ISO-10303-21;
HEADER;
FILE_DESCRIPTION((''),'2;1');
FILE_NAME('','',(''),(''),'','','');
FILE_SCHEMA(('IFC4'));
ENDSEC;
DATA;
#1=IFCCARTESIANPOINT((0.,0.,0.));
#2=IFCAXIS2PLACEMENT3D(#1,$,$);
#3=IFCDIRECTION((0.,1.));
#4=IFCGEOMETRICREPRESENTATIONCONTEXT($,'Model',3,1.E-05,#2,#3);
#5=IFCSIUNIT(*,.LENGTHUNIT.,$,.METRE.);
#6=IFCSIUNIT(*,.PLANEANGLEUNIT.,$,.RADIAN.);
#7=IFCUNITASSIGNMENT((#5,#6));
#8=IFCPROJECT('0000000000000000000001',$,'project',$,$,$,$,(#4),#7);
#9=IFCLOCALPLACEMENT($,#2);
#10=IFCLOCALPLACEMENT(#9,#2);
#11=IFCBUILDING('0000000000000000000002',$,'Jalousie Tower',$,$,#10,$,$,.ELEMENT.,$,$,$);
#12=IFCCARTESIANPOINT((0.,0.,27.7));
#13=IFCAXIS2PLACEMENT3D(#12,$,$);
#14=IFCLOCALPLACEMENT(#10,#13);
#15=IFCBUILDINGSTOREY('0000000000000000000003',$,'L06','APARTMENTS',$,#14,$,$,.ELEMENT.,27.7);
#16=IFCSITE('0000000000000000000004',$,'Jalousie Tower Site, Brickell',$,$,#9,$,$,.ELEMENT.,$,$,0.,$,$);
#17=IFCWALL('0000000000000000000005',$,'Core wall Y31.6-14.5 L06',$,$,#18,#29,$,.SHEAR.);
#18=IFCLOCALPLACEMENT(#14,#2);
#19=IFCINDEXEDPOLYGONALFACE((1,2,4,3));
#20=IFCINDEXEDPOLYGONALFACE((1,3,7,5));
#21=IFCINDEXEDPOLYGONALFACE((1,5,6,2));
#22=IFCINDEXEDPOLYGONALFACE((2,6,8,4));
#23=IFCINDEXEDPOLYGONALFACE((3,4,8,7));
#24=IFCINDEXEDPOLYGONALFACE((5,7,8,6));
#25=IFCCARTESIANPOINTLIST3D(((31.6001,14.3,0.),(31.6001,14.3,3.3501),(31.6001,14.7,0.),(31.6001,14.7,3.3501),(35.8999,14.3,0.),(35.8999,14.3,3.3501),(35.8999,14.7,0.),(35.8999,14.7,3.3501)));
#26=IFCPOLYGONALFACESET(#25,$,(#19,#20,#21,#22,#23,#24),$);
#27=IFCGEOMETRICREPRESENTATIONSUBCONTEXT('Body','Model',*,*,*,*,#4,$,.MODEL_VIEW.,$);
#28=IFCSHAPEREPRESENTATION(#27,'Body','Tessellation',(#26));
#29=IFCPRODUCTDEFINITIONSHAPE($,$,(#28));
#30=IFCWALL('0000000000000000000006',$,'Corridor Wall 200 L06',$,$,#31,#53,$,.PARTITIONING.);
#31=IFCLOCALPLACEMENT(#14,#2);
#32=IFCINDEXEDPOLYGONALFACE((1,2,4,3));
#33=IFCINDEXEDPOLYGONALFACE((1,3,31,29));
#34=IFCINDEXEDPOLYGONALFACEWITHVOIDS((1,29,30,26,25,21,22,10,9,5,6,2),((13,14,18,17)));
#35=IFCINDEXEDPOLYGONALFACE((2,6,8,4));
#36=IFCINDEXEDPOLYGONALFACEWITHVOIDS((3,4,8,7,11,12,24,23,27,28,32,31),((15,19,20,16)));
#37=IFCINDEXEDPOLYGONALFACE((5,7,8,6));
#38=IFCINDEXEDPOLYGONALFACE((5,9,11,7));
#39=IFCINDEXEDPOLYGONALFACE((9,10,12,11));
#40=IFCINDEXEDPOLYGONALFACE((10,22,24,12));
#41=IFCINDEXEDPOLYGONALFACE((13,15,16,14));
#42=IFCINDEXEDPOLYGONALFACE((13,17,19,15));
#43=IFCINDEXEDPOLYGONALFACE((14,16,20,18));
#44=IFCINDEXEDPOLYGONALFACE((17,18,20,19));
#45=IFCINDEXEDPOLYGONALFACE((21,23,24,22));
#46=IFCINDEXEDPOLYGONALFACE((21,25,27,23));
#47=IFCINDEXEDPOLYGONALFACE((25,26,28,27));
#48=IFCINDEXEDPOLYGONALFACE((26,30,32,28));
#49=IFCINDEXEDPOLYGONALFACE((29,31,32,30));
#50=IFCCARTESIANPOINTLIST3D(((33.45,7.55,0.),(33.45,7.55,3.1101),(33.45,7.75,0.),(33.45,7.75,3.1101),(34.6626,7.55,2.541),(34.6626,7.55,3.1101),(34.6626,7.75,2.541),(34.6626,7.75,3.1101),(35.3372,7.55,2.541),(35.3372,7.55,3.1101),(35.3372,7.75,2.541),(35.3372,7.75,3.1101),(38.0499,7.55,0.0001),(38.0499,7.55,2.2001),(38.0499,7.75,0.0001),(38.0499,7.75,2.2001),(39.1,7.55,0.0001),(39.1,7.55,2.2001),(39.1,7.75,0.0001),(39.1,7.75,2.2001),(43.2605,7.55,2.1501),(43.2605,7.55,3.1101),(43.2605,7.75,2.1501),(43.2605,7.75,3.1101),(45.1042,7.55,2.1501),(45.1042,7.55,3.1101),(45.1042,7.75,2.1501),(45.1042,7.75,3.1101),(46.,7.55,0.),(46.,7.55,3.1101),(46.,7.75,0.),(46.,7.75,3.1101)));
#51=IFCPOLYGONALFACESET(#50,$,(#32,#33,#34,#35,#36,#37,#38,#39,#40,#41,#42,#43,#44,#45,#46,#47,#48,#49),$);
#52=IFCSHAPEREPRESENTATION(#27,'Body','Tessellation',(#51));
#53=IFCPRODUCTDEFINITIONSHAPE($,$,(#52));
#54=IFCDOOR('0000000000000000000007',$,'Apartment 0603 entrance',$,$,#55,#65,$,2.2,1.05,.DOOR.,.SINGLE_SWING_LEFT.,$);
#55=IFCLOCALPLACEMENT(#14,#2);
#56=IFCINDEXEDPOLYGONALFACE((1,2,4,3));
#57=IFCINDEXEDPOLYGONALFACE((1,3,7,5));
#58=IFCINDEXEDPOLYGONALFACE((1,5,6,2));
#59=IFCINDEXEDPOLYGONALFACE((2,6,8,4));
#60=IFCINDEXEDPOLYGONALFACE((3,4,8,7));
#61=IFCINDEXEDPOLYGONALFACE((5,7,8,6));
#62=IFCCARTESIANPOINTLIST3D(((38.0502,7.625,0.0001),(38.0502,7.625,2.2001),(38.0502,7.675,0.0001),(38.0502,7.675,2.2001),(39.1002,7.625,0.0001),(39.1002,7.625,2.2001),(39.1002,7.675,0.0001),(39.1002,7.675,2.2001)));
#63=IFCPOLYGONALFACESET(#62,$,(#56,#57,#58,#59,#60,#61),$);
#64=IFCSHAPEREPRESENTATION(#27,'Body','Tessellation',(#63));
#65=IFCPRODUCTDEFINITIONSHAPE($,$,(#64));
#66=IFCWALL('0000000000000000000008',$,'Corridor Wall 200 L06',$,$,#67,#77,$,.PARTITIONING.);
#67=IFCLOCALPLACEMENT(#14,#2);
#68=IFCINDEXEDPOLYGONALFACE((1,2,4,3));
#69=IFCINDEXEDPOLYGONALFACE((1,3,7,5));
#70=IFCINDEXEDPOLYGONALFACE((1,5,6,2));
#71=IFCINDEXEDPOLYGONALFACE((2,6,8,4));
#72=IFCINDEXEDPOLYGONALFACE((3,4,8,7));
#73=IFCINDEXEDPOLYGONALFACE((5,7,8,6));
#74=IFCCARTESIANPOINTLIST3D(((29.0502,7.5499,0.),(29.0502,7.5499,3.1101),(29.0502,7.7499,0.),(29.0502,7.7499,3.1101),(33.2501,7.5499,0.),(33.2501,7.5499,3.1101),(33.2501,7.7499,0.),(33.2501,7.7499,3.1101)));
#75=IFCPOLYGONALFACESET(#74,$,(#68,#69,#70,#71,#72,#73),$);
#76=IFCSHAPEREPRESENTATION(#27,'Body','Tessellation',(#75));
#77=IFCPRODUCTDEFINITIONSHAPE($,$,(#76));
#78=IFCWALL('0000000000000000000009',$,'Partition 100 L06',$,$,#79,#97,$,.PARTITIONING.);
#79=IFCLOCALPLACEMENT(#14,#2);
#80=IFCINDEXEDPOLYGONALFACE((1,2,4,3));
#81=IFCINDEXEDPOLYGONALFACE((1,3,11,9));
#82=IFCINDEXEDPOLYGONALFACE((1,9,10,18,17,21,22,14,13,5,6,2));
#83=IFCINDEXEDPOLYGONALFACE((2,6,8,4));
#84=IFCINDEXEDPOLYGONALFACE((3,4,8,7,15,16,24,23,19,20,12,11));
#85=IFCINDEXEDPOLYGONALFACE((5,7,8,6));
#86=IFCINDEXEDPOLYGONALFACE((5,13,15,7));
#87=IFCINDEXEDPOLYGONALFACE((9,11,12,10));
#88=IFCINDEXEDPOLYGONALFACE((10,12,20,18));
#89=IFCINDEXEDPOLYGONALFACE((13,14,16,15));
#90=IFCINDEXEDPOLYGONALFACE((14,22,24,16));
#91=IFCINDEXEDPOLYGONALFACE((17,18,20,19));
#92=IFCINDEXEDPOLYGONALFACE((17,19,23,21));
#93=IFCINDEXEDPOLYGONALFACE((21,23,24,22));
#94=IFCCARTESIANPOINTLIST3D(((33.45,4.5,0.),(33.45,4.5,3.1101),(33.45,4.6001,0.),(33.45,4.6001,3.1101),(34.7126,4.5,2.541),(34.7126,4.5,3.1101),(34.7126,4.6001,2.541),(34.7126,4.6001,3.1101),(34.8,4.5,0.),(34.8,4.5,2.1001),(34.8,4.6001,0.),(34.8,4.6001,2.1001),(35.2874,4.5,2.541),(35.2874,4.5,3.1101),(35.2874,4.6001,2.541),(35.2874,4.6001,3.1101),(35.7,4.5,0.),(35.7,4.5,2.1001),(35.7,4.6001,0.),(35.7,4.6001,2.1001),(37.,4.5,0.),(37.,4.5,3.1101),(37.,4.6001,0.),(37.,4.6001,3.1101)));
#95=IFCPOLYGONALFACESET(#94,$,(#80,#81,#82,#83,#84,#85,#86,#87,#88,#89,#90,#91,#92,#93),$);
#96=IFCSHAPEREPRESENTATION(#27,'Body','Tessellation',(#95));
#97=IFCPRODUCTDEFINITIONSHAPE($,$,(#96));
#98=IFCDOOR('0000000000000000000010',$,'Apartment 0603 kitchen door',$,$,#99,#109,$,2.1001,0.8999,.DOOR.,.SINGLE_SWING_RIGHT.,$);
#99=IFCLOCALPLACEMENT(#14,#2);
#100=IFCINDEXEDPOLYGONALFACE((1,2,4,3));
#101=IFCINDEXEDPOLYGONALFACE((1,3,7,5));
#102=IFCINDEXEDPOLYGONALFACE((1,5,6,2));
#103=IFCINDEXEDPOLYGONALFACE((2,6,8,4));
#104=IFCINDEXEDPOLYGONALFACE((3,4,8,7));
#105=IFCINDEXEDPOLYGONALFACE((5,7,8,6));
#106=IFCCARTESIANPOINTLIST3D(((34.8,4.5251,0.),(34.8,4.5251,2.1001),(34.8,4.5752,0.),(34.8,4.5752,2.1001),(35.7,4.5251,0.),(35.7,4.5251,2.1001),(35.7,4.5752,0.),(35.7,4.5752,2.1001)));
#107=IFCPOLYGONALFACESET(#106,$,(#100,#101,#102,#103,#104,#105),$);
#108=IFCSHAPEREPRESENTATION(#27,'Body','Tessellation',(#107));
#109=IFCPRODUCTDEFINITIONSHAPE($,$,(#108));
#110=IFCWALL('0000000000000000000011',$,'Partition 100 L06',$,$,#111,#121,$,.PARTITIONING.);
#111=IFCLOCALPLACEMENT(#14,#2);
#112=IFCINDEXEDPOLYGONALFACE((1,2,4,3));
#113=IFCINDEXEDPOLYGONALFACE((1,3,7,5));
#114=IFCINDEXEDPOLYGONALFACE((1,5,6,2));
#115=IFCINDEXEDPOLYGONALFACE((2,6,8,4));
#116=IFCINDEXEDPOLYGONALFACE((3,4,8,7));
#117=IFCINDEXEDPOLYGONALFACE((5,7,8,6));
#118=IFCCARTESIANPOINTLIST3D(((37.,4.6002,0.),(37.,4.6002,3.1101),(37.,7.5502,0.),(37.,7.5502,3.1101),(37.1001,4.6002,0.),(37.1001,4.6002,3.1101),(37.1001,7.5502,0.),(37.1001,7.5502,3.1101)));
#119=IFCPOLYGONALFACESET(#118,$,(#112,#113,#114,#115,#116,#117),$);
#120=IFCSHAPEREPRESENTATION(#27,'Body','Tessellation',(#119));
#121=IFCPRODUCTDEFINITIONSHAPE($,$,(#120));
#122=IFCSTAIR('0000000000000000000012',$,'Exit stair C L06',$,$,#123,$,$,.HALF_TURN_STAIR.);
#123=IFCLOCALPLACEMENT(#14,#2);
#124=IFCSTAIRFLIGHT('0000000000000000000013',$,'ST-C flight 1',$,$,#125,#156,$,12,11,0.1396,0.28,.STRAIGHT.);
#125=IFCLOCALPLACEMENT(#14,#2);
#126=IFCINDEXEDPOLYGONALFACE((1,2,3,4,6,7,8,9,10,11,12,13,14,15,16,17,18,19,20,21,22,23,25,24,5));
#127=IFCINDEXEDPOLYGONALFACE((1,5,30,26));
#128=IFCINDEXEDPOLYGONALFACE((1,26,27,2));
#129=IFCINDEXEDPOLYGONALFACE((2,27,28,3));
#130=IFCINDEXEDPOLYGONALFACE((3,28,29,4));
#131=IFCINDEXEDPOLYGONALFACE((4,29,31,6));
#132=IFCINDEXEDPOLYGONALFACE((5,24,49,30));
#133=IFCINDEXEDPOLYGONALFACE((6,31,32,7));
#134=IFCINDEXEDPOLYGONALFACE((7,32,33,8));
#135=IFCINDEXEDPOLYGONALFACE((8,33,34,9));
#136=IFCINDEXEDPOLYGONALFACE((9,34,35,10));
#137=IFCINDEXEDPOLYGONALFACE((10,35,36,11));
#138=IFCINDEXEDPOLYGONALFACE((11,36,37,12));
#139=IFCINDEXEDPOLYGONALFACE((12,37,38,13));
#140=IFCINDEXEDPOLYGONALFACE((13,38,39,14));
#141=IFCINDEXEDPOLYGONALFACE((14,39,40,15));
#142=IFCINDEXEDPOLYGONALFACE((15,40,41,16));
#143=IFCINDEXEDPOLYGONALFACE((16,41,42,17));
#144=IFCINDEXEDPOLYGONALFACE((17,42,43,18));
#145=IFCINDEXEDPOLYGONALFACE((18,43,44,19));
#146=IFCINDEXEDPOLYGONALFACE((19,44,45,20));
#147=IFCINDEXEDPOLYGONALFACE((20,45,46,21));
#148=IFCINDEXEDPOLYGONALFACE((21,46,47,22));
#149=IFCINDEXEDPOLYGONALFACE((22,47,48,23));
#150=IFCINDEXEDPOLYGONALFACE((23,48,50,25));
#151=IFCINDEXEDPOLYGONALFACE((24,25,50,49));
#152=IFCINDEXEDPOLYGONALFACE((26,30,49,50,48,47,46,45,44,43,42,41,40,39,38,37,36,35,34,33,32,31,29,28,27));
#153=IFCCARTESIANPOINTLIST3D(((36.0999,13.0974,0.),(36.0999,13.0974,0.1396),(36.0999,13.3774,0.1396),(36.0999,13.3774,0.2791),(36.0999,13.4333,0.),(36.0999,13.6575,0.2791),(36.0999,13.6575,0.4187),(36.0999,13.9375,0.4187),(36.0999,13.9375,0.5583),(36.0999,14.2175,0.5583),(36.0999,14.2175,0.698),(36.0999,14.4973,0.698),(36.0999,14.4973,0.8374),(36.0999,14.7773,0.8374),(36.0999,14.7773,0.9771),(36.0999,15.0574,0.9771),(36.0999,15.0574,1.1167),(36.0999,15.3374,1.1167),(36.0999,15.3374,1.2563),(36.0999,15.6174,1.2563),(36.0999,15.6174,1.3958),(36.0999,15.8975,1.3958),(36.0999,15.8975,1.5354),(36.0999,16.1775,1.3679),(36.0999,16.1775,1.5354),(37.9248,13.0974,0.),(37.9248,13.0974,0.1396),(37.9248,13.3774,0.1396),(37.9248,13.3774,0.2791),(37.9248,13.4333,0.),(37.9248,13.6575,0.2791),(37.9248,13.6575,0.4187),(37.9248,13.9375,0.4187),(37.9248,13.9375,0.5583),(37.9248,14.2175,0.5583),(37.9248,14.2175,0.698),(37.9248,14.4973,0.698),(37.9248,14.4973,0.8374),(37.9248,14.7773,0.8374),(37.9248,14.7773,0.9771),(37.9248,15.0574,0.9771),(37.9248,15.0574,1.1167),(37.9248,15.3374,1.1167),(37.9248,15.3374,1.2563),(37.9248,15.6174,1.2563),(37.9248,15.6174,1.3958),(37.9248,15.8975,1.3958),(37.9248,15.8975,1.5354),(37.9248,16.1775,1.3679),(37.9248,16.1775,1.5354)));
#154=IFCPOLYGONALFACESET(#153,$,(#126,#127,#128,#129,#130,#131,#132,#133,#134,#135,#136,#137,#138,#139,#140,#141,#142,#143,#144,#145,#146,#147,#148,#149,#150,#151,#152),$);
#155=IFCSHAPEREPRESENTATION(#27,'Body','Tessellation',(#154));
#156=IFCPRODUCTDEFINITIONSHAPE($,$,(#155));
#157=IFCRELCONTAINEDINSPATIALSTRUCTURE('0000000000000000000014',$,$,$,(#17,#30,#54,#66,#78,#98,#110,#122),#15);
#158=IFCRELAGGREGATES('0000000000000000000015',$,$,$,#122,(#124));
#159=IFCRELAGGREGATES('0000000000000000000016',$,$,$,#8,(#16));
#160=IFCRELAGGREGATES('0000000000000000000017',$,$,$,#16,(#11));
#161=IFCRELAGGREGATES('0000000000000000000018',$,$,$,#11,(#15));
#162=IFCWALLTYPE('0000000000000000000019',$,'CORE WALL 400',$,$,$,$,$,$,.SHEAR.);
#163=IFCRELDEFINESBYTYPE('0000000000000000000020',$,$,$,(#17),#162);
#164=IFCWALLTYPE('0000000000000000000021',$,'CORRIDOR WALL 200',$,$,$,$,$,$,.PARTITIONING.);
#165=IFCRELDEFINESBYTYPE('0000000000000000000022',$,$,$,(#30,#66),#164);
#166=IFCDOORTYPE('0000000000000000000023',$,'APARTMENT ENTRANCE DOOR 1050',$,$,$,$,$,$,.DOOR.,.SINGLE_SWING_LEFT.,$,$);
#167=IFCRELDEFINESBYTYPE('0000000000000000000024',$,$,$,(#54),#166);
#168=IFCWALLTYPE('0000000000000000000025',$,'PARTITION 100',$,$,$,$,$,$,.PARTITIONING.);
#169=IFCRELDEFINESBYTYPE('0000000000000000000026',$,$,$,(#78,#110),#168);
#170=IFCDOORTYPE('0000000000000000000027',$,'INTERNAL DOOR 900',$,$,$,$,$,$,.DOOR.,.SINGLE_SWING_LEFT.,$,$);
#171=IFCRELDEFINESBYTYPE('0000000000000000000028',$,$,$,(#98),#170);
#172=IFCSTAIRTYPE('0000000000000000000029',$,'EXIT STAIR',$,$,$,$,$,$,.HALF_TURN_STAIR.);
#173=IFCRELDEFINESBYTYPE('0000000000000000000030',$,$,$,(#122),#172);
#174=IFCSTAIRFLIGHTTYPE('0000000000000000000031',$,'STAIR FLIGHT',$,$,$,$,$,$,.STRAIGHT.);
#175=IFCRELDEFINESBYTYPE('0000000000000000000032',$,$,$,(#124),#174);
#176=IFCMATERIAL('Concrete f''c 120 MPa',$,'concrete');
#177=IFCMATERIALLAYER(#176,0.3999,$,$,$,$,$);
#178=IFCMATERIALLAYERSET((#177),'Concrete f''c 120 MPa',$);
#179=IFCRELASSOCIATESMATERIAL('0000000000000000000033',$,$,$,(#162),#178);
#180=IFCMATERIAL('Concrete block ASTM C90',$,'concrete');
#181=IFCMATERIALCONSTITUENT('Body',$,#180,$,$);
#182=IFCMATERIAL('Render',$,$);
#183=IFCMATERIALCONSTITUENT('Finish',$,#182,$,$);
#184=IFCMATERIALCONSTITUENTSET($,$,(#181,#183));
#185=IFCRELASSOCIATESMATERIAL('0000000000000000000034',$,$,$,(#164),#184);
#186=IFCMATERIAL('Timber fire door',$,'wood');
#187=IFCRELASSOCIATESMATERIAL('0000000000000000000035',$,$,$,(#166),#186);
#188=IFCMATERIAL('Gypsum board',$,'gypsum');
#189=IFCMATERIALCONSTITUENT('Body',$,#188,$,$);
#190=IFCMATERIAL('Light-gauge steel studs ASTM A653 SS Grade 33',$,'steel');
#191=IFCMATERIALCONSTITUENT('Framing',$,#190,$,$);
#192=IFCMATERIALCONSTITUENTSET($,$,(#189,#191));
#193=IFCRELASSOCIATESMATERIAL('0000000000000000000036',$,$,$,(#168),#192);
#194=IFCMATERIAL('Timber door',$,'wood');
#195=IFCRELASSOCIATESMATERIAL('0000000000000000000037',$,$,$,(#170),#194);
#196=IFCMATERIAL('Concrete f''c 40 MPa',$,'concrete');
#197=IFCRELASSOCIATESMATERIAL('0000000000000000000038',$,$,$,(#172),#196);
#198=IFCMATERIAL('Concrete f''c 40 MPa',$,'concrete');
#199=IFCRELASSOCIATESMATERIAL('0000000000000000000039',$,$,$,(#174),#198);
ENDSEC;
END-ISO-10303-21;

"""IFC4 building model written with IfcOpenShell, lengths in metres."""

from ifc_helpers import new_model, si_unit, direction, frame, frame_2d, origin, place, context, subcontext, project, spatial, polyline, rectangle, outline, extrude, material, layer, layer_set, constituent, constituent_set, type_object, element, fill, aggregate, save


model = new_model("IFC4")

# Units and contexts
model_context = context("Model", 3, precision=1e-05, world=origin(), true_north=direction((0.0, 1.0)))
body_context = subcontext(model_context, "Body", "Model", "MODEL_VIEW")
ifc_project = project(units=[si_unit("LENGTHUNIT", "METRE"), si_unit("PLANEANGLEUNIT", "RADIAN")], contexts=[model_context])

# Site, building, storey
site_placement = place(None, origin())
site = spatial("IfcSite", under=ifc_project, at=site_placement, Name="Jalousie Tower Site, Brickell", CompositionType="ELEMENT", RefElevation=0.0)
building_placement = place(site_placement, origin())
building = spatial("IfcBuilding", under=site, at=building_placement, Name="Jalousie Tower", CompositionType="ELEMENT")
storey_placement = place(building_placement, frame((0.0, 0.0, 27.7)))
storey = spatial("IfcBuildingStorey", under=building, at=storey_placement, Name="L06", Description="APARTMENTS", CompositionType="ELEMENT", Elevation=27.7)

# Shared definitions
ifc_material_1 = material(Name="Concrete f'c 120 MPa", Category="concrete")
ifc_layer_1 = layer(ifc_material_1, 0.3999)
ifc_layer_set_1 = layer_set([ifc_layer_1], Name="Concrete f'c 120 MPa")
wall_type_1 = type_object("IfcWallType", Name="CORE WALL 400", PredefinedType="SHEAR", material=ifc_layer_set_1)

# Wall
wall_1_placement = place(storey_placement, frame((31.6001, 14.5, 0.0), z_axis=(0.0, 0.0, 1.0), x_axis=(1.0, 0.0, 0.0)))
element("IfcWall", 1, at=wall_1_placement, inside=storey, type_object=wall_type_1, Name="Core wall Y31.6-14.5 L06", PredefinedType="SHEAR", context=body_context, shape_type="SweptSolid", body=[
    extrude(rectangle(XDim=4.2998, YDim=0.3999, at=frame_2d((2.1499, 0.0))), origin(), (0.0, 0.0, 1.0), 3.3501),
])

# Wall, opening, door
ifc_material_2 = material(Name="Concrete block ASTM C90", Category="concrete")
ifc_constituent_1 = constituent(ifc_material_2, Name="Body")
ifc_material_3 = material(Name="Render")
ifc_constituent_2 = constituent(ifc_material_3, Name="Finish")
ifc_constituent_set_1 = constituent_set(constituents=[ifc_constituent_1, ifc_constituent_2])
wall_type_2 = type_object("IfcWallType", Name="CORRIDOR WALL 200", PredefinedType="PARTITIONING", material=ifc_constituent_set_1)
wall_2_placement = place(storey_placement, frame((33.45, 7.6499, 0.0), z_axis=(0.0, 0.0, 1.0), x_axis=(1.0, 0.0, 0.0)))
wall_2 = element("IfcWall", 2, at=wall_2_placement, inside=storey, type_object=wall_type_2, Name="Corridor Wall 200 L06", PredefinedType="PARTITIONING", context=body_context, shape_type="SweptSolid", body=[
    extrude(outline(polyline([(0.0, 0.0), (12.55, 0.0), (12.55, 3.1101), (11.6543, 3.1101), (11.6543, 2.1501), (9.8105, 2.1501), (9.8105, 3.1101), (1.8872, 3.1101), (1.8872, 2.541), (1.2126, 2.541), (1.2126, 3.1101), (0.0, 3.1101), (0.0, 0.0)])), frame((0.0, 0.1001, 0.0), z_axis=(0.0, -1.0, 0.0), x_axis=(1.0, 0.0, 0.0)), (0.0, 0.0, 1.0), 0.2),
])
opening_1_placement = place(wall_2_placement, frame((4.6001, 0.0, 0.0)))
opening_1 = element("IfcOpeningElement", 3, at=opening_1_placement, cuts=wall_2, PredefinedType="OPENING", context=body_context, shape_type="SweptSolid", body=[
    extrude(rectangle(XDim=1.05, YDim=2.2, at=frame_2d((0.5249, 1.1001))), frame((0.0, 0.1099, 0.0), z_axis=(0.0, -1.0, 0.0), x_axis=(1.0, 0.0, 0.0)), (0.0, 0.0, 1.0), 0.22),
])
ifc_material_4 = material(Name="Timber fire door", Category="wood")
door_type_1 = type_object("IfcDoorType", Name="APARTMENT ENTRANCE DOOR 1050", OperationType="SINGLE_SWING_LEFT", PredefinedType="DOOR", material=ifc_material_4)
door_1_placement = place(opening_1_placement, frame((1.05, 0.0, 0.0), z_axis=(0.0, 0.0, 1.0), x_axis=(-1.0, 0.0, 0.0)))
door_1 = element("IfcDoor", 4, at=door_1_placement, inside=storey, type_object=door_type_1, Name="Apartment 0603 entrance", OperationType="SINGLE_SWING_LEFT", OverallHeight=2.2, OverallWidth=1.05, PredefinedType="DOOR", context=body_context, shape_type="SweptSolid", body=[
    extrude(rectangle(XDim=1.05, YDim=2.2, at=frame_2d((0.5249, 1.1001))), frame((0.0, 0.0249, 0.0), z_axis=(0.0, -1.0, 0.0), x_axis=(1.0, 0.0, 0.0)), (0.0, 0.0, 1.0), 0.05),
])
fill(opening_1, door_1)

# Wall
wall_3_placement = place(storey_placement, frame((29.05, 7.6499, 0.0), z_axis=(0.0, 0.0, 1.0), x_axis=(1.0, 0.0, 0.0)))
element("IfcWall", 5, at=wall_3_placement, inside=storey, type_object=wall_type_2, Name="Corridor Wall 200 L06", PredefinedType="PARTITIONING", context=body_context, shape_type="SweptSolid", body=[
    extrude(rectangle(XDim=4.2, YDim=0.2, at=frame_2d((2.1001, 0.0))), origin(), (0.0, 0.0, 1.0), 3.1101),
])

# Wall, opening, door
ifc_material_5 = material(Name="Gypsum board", Category="gypsum")
ifc_constituent_3 = constituent(ifc_material_5, Name="Body")
ifc_material_6 = material(Name="Light-gauge steel studs ASTM A653 SS Grade 33", Category="steel")
ifc_constituent_4 = constituent(ifc_material_6, Name="Framing")
ifc_constituent_set_2 = constituent_set(constituents=[ifc_constituent_3, ifc_constituent_4])
wall_type_3 = type_object("IfcWallType", Name="PARTITION 100", PredefinedType="PARTITIONING", material=ifc_constituent_set_2)
wall_4_placement = place(storey_placement, frame((33.45, 4.55, 0.0), z_axis=(0.0, 0.0, 1.0), x_axis=(1.0, 0.0, 0.0)))
wall_4 = element("IfcWall", 6, at=wall_4_placement, inside=storey, type_object=wall_type_3, Name="Partition 100 L06", PredefinedType="PARTITIONING", context=body_context, shape_type="SweptSolid", body=[
    extrude(outline(polyline([(0.0, 0.0), (3.55, 0.0), (3.55, 3.1101), (1.8374, 3.1101), (1.8374, 2.541), (1.2627, 2.541), (1.2627, 3.1101), (0.0, 3.1101), (0.0, 0.0)])), frame((0.0, 0.05, 0.0), z_axis=(0.0, -1.0, 0.0), x_axis=(1.0, 0.0, 0.0)), (0.0, 0.0, 1.0), 0.1001),
])
opening_2_placement = place(wall_4_placement, frame((1.3501, 0.0, 0.0)))
opening_2 = element("IfcOpeningElement", 7, at=opening_2_placement, cuts=wall_4, PredefinedType="OPENING", context=body_context, shape_type="SweptSolid", body=[
    extrude(rectangle(XDim=0.8999, YDim=2.1001, at=frame_2d((0.45, 1.05))), frame((0.0, 0.0601, 0.0), z_axis=(0.0, -1.0, 0.0), x_axis=(1.0, 0.0, 0.0)), (0.0, 0.0, 1.0), 0.1201),
])
ifc_material_7 = material(Name="Timber door", Category="wood")
door_type_2 = type_object("IfcDoorType", Name="INTERNAL DOOR 900", OperationType="SINGLE_SWING_LEFT", PredefinedType="DOOR", material=ifc_material_7)
door_2_placement = place(opening_2_placement, frame((0.8999, 0.0, 0.0), z_axis=(0.0, 0.0, 1.0), x_axis=(-1.0, 0.0, 0.0)))
door_2 = element("IfcDoor", 8, at=door_2_placement, inside=storey, type_object=door_type_2, Name="Apartment 0603 kitchen door", OperationType="SINGLE_SWING_RIGHT", OverallHeight=2.1001, OverallWidth=0.8999, PredefinedType="DOOR", context=body_context, shape_type="SweptSolid", body=[
    extrude(rectangle(XDim=0.8999, YDim=2.1001, at=frame_2d((0.45, 1.05))), frame((0.0, 0.0249, 0.0), z_axis=(0.0, -1.0, 0.0), x_axis=(1.0, 0.0, 0.0)), (0.0, 0.0, 1.0), 0.05),
])
fill(opening_2, door_2)

# Wall
wall_5_placement = place(storey_placement, frame((37.05, 4.6001, 0.0), z_axis=(0.0, 0.0, 1.0), x_axis=(0.0, 1.0, 0.0)))
element("IfcWall", 9, at=wall_5_placement, inside=storey, type_object=wall_type_3, Name="Partition 100 L06", PredefinedType="PARTITIONING", context=body_context, shape_type="SweptSolid", body=[
    extrude(rectangle(XDim=2.95, YDim=0.1001, at=frame_2d((1.4751, 0.0))), origin(), (0.0, 0.0, 1.0), 3.1101),
])

# Stair, stair flight
ifc_material_8 = material(Name="Concrete f'c 40 MPa", Category="concrete")
stair_type = type_object("IfcStairType", Name="EXIT STAIR", PredefinedType="HALF_TURN_STAIR", material=ifc_material_8)
stair_placement = place(storey_placement, origin())
stair = element("IfcStair", 10, at=stair_placement, inside=storey, type_object=stair_type, Name="Exit stair C L06", PredefinedType="HALF_TURN_STAIR")
ifc_material_9 = material(Name="Concrete f'c 40 MPa", Category="concrete")
stair_flight_type = type_object("IfcStairFlightType", Name="STAIR FLIGHT", PredefinedType="STRAIGHT", material=ifc_material_9)
stair_flight_placement = place(storey_placement, frame((37.0125, 13.0974, 0.0), z_axis=(0.0, 0.0, 1.0), x_axis=(0.0, 1.0, 0.0)))
stair_flight = element("IfcStairFlight", 11, at=stair_flight_placement, type_object=stair_flight_type, Name="ST-C flight 1", NumberOfRisers=12, NumberOfTreads=11, PredefinedType="STRAIGHT", RiserHeight=0.1396, TreadLength=0.28, context=body_context, shape_type="SweptSolid", body=[
    extrude(outline(polyline([(0.0, 0.0), (0.0, 0.1396), (0.28, 0.1396), (0.28, 0.2791), (0.5601, 0.2791), (0.5601, 0.4187), (0.8401, 0.4187), (0.8401, 0.5583), (1.1201, 0.5583), (1.1201, 0.698), (1.3999, 0.698), (1.3999, 0.8374), (1.6799, 0.8374), (1.6799, 0.9771), (1.96, 0.9771), (1.96, 1.1167), (2.24, 1.1167), (2.24, 1.2563), (2.52, 1.2563), (2.52, 1.3958), (2.8, 1.3958), (2.8, 1.5354), (3.0801, 1.5354), (3.0801, 1.675), (3.0801, 1.3679), (0.3359, 0.0), (0.0, 0.0)])), frame((0.0, 0.9126, 0.0), z_axis=(0.0, -1.0, 0.0), x_axis=(1.0, 0.0, 0.0)), (0.0, 0.0, 1.0), 1.825),
])
aggregate(stair, [stair_flight])

save(model, "model.ifc")
